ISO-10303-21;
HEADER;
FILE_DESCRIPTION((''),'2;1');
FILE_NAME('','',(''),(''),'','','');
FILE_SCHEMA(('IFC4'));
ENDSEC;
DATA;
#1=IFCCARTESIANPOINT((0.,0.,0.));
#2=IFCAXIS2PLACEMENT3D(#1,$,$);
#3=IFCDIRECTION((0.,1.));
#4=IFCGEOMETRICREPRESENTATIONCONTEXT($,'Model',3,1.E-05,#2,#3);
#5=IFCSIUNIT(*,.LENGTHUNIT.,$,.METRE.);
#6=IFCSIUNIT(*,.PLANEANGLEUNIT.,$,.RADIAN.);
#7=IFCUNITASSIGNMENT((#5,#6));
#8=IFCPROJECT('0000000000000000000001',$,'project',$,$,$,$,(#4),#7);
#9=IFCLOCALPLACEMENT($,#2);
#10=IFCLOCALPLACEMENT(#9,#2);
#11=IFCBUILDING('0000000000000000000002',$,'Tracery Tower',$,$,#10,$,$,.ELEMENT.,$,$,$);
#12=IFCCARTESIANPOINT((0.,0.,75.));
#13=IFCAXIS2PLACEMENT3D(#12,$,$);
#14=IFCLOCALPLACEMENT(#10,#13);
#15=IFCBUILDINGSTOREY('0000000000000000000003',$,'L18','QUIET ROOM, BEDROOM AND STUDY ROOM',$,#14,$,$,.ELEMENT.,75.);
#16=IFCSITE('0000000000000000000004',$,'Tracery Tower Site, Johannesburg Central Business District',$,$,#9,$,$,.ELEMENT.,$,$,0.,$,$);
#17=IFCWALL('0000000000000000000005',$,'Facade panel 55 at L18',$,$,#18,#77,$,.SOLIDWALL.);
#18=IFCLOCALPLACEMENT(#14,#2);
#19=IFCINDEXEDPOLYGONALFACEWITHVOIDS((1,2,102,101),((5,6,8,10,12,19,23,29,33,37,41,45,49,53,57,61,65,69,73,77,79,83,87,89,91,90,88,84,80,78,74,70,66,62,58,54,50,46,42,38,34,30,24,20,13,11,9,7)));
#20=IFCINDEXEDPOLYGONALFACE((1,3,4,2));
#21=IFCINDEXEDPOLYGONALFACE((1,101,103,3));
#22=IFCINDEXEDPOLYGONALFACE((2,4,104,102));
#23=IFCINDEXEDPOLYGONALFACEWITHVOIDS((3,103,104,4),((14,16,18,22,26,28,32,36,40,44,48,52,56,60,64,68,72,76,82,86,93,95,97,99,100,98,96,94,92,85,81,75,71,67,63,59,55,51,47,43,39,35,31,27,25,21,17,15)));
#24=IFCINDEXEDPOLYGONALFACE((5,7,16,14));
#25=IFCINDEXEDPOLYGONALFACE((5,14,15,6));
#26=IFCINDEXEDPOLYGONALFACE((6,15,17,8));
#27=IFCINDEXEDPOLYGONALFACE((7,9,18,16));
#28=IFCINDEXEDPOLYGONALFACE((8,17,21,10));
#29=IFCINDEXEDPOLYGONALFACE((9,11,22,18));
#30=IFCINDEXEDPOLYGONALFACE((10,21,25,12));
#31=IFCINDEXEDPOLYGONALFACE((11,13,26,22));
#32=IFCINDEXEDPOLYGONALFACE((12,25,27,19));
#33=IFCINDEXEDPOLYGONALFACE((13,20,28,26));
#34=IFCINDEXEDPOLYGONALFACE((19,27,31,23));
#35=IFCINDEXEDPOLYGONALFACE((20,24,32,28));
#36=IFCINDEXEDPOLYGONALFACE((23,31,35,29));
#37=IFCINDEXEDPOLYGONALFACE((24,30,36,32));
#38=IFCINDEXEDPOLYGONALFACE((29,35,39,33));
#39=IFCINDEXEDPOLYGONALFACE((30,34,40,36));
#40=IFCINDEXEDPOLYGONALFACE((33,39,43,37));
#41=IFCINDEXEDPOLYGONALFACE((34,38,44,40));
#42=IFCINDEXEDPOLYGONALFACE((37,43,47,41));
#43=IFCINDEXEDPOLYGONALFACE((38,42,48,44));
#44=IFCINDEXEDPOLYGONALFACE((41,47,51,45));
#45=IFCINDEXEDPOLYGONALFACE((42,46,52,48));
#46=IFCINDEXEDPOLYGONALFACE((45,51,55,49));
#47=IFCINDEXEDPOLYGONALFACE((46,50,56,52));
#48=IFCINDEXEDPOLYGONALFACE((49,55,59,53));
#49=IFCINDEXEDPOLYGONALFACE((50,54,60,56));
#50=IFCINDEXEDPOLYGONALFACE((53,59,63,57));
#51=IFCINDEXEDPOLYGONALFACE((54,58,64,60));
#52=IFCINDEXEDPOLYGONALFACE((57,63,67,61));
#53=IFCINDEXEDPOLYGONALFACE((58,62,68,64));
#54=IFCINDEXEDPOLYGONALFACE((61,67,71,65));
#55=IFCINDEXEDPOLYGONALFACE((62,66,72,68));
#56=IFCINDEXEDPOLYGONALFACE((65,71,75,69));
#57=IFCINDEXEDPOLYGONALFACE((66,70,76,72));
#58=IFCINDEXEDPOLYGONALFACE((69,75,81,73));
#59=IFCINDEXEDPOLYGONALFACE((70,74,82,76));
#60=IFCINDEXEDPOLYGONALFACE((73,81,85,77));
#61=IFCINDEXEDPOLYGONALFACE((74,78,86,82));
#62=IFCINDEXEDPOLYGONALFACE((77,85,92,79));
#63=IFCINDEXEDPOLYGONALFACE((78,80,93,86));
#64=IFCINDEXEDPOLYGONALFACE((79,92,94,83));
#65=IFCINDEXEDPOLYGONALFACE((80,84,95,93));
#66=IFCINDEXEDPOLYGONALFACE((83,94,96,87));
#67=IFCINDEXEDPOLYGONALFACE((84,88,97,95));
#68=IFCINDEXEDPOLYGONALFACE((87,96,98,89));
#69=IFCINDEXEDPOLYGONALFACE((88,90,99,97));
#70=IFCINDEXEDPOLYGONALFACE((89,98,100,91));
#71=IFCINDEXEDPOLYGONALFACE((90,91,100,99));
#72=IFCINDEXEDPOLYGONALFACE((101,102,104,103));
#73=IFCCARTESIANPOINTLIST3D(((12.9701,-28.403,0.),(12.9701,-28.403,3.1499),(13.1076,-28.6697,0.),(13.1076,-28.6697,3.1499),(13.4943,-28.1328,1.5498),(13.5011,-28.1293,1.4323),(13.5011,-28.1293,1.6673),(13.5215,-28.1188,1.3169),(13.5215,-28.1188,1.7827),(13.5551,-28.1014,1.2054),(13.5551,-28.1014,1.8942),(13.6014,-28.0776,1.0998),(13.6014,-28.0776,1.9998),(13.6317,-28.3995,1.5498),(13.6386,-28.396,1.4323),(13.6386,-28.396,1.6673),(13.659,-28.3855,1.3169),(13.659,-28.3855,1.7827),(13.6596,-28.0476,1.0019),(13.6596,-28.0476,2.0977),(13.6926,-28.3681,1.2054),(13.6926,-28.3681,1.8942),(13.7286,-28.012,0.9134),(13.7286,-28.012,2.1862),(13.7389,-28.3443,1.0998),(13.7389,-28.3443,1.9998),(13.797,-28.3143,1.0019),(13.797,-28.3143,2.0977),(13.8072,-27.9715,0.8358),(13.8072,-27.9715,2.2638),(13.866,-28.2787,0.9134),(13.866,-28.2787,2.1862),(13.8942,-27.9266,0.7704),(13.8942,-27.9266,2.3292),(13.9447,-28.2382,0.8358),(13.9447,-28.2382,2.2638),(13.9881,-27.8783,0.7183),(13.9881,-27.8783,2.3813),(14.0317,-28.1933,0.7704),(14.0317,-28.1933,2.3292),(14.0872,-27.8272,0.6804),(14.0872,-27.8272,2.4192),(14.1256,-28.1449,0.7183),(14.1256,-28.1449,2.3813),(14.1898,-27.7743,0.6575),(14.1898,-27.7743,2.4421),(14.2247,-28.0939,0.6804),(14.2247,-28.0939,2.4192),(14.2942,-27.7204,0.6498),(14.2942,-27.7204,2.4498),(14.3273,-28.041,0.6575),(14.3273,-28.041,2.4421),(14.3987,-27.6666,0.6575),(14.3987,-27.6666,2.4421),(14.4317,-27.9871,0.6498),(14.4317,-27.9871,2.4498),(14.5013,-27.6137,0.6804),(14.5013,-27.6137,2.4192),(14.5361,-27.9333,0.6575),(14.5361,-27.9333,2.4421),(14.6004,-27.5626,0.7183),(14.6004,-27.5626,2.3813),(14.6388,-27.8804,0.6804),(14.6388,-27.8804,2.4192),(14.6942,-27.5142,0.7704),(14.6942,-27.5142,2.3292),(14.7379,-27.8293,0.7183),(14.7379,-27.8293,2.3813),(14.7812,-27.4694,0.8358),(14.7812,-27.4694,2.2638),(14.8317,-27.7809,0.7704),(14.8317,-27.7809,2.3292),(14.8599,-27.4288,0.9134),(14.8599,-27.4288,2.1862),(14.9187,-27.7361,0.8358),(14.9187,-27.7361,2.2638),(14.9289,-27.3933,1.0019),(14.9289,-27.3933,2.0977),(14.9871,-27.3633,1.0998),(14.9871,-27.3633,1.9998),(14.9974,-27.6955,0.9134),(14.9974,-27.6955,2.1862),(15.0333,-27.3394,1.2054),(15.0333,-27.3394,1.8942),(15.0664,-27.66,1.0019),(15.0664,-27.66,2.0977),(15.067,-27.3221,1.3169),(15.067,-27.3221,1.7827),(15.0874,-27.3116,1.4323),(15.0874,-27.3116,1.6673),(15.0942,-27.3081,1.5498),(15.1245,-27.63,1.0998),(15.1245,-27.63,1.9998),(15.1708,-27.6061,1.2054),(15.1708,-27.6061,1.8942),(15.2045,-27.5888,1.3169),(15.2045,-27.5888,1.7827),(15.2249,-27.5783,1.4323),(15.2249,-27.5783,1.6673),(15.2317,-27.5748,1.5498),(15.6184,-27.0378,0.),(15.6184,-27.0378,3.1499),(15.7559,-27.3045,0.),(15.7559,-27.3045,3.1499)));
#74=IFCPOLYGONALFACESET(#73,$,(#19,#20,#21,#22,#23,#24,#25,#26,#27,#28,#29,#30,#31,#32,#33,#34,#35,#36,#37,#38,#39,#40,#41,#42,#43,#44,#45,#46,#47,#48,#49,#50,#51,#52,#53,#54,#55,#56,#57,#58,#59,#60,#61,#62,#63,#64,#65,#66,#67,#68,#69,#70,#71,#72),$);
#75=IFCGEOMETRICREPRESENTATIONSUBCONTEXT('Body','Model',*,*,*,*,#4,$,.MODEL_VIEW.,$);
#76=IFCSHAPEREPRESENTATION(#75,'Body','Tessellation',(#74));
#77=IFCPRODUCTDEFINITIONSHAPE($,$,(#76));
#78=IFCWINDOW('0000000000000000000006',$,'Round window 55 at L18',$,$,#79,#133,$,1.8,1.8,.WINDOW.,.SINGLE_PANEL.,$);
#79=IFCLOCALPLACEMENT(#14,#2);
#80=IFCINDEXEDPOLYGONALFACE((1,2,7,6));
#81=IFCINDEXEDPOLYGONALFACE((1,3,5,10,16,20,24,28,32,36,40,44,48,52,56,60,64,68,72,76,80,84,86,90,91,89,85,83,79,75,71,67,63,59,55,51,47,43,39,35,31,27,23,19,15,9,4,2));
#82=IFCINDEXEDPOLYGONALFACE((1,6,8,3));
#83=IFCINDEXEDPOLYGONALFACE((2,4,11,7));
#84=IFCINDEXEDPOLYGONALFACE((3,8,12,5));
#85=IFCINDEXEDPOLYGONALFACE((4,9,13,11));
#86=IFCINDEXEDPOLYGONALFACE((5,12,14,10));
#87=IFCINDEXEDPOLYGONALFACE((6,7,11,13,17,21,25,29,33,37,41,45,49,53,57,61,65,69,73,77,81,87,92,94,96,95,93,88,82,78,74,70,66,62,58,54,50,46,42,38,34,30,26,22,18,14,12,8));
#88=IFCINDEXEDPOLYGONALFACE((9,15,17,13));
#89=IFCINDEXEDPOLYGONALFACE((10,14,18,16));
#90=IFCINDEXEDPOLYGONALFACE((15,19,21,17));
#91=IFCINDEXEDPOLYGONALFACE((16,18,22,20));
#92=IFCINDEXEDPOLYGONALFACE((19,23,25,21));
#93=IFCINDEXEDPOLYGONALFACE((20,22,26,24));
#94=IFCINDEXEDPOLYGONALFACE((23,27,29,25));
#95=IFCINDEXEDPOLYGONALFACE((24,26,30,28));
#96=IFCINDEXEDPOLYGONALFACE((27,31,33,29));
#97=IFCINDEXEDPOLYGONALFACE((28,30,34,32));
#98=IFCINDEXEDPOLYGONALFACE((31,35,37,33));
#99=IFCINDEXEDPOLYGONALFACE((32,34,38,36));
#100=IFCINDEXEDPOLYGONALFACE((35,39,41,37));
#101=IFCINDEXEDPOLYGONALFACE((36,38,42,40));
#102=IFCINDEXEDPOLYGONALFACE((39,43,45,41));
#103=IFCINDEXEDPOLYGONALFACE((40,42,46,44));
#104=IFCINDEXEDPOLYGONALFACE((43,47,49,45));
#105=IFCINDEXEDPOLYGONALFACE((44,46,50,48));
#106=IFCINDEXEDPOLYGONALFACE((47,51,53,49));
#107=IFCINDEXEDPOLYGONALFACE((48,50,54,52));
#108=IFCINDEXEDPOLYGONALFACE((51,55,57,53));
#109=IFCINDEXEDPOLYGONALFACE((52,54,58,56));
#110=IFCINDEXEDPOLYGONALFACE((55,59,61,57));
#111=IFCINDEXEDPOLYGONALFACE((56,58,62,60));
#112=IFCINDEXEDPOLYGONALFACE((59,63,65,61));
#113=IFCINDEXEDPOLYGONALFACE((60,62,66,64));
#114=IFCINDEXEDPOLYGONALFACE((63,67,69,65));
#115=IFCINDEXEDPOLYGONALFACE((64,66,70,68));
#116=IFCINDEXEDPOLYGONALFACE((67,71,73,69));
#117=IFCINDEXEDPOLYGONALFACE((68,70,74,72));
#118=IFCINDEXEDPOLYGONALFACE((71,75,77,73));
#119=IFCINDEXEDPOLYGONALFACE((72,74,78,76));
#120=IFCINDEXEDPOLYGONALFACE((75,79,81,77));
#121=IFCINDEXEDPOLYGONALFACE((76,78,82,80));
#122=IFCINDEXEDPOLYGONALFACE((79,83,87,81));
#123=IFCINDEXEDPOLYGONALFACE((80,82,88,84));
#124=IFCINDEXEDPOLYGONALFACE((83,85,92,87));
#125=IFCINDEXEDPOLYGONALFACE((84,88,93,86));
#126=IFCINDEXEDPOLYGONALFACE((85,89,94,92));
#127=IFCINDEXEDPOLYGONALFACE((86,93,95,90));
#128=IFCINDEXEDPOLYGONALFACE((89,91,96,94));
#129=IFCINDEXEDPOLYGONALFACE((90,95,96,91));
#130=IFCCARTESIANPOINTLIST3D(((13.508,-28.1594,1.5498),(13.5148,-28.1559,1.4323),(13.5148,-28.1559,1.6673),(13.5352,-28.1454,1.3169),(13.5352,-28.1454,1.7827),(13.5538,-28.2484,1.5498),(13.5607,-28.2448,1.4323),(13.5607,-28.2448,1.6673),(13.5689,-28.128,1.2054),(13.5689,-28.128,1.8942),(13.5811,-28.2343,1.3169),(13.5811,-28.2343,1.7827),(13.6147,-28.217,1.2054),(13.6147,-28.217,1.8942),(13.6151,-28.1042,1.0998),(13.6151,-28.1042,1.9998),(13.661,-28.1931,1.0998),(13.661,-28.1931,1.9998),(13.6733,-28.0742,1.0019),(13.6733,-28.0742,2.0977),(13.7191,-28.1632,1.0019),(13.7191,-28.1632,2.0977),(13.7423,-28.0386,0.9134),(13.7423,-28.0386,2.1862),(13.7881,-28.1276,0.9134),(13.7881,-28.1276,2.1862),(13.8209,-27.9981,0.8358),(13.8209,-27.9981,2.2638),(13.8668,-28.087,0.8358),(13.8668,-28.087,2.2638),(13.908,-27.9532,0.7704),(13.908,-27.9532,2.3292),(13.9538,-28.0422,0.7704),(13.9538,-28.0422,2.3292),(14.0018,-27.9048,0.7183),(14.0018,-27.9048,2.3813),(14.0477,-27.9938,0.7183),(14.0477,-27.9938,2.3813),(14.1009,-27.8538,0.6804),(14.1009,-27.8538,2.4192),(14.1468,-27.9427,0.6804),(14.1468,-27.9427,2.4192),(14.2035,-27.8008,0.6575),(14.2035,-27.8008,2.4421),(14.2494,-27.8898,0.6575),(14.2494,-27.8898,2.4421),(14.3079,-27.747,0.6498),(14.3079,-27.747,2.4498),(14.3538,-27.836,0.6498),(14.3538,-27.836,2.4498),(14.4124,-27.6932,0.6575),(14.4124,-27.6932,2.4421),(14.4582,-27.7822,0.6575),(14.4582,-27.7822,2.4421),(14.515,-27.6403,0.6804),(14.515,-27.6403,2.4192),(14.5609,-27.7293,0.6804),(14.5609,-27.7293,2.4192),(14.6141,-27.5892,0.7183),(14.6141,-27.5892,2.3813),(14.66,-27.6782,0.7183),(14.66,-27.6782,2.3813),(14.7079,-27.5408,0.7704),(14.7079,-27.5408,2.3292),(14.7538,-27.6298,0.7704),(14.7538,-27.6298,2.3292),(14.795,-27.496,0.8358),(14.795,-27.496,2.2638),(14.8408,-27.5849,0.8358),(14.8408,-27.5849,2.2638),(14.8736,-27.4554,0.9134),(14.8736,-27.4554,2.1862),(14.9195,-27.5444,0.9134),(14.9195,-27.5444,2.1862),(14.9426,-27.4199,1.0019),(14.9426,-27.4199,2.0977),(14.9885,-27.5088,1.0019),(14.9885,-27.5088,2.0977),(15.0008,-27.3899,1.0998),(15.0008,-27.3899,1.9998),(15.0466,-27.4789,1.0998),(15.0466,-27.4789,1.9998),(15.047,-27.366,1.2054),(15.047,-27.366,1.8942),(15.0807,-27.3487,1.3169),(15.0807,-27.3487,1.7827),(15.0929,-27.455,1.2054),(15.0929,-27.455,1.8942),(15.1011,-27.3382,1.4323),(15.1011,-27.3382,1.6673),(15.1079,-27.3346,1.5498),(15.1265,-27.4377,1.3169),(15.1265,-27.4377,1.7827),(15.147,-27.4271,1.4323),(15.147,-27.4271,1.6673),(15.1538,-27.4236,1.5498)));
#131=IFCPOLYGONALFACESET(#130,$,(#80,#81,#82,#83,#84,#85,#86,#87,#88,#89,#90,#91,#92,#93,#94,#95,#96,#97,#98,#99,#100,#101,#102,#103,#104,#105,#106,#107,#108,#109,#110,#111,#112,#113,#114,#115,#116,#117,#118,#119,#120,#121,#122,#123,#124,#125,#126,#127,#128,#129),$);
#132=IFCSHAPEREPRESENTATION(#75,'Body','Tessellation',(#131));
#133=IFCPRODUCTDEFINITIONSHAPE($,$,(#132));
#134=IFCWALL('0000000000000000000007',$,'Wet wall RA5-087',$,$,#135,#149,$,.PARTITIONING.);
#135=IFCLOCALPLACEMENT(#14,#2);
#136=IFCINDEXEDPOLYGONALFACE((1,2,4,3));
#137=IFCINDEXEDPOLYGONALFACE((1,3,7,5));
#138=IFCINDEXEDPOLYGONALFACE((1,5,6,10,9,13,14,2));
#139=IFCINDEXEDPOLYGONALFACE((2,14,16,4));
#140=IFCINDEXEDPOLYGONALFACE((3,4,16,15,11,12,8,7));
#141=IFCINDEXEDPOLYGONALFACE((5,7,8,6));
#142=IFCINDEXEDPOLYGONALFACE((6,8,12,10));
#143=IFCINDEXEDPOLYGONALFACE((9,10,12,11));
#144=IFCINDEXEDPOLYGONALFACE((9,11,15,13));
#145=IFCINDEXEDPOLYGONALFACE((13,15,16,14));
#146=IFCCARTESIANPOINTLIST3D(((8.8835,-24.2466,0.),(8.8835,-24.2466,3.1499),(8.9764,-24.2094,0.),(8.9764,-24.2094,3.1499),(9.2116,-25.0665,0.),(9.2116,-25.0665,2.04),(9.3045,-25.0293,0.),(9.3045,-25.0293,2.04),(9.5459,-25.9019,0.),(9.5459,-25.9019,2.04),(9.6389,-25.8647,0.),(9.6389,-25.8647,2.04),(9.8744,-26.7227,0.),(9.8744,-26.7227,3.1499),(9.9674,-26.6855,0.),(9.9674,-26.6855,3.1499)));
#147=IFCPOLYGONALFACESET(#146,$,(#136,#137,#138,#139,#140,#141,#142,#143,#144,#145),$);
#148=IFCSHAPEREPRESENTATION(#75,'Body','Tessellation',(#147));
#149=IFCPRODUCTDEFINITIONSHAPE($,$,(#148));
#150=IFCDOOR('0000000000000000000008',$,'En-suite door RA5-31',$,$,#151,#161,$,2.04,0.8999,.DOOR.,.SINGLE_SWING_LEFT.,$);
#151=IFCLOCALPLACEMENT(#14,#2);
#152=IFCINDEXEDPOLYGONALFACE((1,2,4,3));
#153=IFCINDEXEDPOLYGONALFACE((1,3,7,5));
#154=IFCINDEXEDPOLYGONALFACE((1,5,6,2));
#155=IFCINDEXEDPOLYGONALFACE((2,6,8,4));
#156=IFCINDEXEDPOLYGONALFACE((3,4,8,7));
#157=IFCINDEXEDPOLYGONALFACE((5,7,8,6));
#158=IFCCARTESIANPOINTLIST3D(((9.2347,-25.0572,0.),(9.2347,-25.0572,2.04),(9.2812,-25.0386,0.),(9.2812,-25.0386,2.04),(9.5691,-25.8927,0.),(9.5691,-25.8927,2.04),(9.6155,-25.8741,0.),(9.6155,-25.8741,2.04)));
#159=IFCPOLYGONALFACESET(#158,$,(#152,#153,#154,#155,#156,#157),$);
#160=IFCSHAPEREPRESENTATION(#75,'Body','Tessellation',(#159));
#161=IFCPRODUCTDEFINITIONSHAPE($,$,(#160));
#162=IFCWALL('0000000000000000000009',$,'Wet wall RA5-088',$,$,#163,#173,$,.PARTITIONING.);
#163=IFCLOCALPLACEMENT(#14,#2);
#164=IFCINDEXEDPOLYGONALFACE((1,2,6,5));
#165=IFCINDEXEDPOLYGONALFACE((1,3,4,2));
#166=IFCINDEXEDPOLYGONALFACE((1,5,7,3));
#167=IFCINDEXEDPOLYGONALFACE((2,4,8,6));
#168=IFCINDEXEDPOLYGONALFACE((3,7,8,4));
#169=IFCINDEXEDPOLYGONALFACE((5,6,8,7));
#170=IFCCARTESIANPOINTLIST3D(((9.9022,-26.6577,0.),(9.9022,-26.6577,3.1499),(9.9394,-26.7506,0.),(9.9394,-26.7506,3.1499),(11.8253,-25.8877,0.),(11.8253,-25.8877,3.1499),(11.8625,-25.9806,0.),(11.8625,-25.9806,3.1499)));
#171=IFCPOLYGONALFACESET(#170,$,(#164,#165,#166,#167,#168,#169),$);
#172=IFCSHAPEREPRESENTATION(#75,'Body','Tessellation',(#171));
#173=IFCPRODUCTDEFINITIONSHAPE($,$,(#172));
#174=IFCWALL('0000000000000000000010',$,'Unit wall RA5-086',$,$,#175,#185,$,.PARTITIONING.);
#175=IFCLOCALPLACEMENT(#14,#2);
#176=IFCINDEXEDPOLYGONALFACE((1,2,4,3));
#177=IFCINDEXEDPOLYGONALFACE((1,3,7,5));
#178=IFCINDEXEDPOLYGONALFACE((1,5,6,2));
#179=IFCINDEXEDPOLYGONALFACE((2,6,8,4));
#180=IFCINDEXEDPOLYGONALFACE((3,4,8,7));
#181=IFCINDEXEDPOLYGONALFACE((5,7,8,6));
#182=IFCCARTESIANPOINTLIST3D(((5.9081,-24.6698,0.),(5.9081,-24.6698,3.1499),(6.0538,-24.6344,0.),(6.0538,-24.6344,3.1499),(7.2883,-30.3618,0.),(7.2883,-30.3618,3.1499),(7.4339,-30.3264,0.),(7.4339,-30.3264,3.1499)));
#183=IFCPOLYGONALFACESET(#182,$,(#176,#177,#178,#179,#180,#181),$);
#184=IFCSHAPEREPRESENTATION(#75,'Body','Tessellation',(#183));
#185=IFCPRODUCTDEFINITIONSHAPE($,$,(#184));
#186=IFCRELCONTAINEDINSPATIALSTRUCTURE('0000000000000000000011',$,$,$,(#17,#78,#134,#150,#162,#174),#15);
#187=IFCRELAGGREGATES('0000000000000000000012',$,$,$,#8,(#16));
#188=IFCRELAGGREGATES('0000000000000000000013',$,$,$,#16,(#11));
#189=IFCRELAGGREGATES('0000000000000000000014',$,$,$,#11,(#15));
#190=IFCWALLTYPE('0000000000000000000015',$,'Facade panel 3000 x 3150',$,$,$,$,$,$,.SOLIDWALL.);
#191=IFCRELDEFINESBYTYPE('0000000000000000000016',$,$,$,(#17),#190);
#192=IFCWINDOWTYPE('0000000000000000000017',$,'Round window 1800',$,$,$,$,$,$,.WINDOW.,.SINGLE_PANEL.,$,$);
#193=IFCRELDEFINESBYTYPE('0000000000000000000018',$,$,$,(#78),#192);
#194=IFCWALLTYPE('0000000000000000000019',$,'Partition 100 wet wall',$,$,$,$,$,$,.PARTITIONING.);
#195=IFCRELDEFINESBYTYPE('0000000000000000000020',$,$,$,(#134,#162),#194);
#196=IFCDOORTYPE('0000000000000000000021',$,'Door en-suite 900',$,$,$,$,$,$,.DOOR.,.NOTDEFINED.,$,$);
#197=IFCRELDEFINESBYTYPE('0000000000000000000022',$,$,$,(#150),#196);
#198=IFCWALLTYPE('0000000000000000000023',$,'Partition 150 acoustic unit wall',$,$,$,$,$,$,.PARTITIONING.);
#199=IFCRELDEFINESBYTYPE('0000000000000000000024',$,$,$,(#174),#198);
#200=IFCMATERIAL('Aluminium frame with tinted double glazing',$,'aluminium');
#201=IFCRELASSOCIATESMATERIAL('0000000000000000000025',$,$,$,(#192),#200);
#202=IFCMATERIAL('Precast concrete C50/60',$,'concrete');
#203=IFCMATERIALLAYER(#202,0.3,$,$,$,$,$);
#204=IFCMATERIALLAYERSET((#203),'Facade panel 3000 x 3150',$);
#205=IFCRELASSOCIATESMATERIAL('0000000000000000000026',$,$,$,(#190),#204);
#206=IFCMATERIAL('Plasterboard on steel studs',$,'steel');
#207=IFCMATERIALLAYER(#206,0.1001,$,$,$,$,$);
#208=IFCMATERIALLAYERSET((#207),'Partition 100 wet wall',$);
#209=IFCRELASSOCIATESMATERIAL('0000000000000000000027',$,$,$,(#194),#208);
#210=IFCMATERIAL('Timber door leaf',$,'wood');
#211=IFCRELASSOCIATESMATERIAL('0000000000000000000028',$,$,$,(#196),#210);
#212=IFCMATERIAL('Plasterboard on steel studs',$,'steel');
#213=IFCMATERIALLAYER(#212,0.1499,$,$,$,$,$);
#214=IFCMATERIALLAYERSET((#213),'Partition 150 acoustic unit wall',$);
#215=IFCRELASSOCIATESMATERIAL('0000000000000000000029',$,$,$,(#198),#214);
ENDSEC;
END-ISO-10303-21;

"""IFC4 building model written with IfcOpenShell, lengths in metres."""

from ifc_helpers import new_model, si_unit, direction, frame, frame_2d, origin, origin_2d, place, context, subcontext, project, spatial, rectangle, circle, extrude, material, layer, layer_set, type_object, element, fill, save


model = new_model("IFC4")

# Units and contexts
model_context = context("Model", 3, precision=1e-05, world=origin(), true_north=direction((0.0, 1.0)))
body_context = subcontext(model_context, "Body", "Model", "MODEL_VIEW")
ifc_project = project(units=[si_unit("LENGTHUNIT", "METRE"), si_unit("PLANEANGLEUNIT", "RADIAN")], contexts=[model_context])

# Site, building, storey
site_placement = place(None, origin())
site = spatial("IfcSite", under=ifc_project, at=site_placement, Name="Tracery Tower Site, Johannesburg Central Business District", CompositionType="ELEMENT", RefElevation=0.0)
building_placement = place(site_placement, origin())
building = spatial("IfcBuilding", under=site, at=building_placement, Name="Tracery Tower", CompositionType="ELEMENT")
storey_placement = place(building_placement, frame((0.0, 0.0, 75.0)))
storey = spatial("IfcBuildingStorey", under=building, at=storey_placement, Name="L18", Description="QUIET ROOM, BEDROOM AND STUDY ROOM", CompositionType="ELEMENT", Elevation=75.0)

# Wall, opening, window
ifc_material_1 = material(Name="Aluminium frame with tinted double glazing", Category="aluminium")
window_type = type_object("IfcWindowType", Name="Round window 1800", PartitioningType="SINGLE_PANEL", PredefinedType="WINDOW", material=ifc_material_1)
ifc_material_2 = material(Name="Precast concrete C50/60", Category="concrete")
ifc_layer_1 = layer(ifc_material_2, 0.3)
ifc_layer_set_1 = layer_set([ifc_layer_1], Name="Facade panel 3000 x 3150")
wall_type_1 = type_object("IfcWallType", Name="Facade panel 3000 x 3150", PredefinedType="SOLIDWALL", material=ifc_layer_set_1)
wall_1_placement = place(storey_placement, frame((13.0388, -28.5364, 0.0), z_axis=(0.0, 0.0, 1.0), x_axis=(0.888853, 0.458192, 0.0)))
wall_1 = element("IfcWall", 1, at=wall_1_placement, inside=storey, type_object=wall_type_1, Name="Facade panel 55 at L18", PredefinedType="SOLIDWALL", context=body_context, shape_type="SweptSolid", body=[
    extrude(rectangle(XDim=2.9795, YDim=0.3, at=frame_2d((1.4897, 0.0))), origin(), (0.0, 0.0, 1.0), 3.1499),
])
opening_1_placement = place(wall_1_placement, frame((1.4897, 0.0, 1.5498)))
opening_1 = element("IfcOpeningElement", 2, at=opening_1_placement, cuts=wall_1, PredefinedType="OPENING", context=body_context, shape_type="SweptSolid", body=[
    extrude(circle(Radius=0.9, at=origin_2d()), frame((0.0, 0.1599, 0.0), z_axis=(0.0, -1.0, 0.0), x_axis=(1.0, 0.0, 0.0)), (0.0, 0.0, 1.0), 0.3201),
])
window_1_placement = place(opening_1_placement, origin())
window_1 = element("IfcWindow", 3, at=window_1_placement, inside=storey, type_object=window_type, Name="Round window 55 at L18", OverallHeight=1.8, OverallWidth=1.8, PartitioningType="SINGLE_PANEL", PredefinedType="WINDOW", context=body_context, shape_type="SweptSolid", body=[
    extrude(circle(Radius=0.9, at=origin_2d()), frame((0.0, 0.1201, 0.0), z_axis=(0.0, -1.0, 0.0), x_axis=(1.0, 0.0, 0.0)), (0.0, 0.0, 1.0), 0.1001),
])
fill(opening_1, window_1)

# Wall, opening, door
ifc_material_3 = material(Name="Plasterboard on steel studs", Category="steel")
ifc_layer_2 = layer(ifc_material_3, 0.1001)
ifc_layer_set_2 = layer_set([ifc_layer_2], Name="Partition 100 wet wall")
wall_type_2 = type_object("IfcWallType", Name="Partition 100 wet wall", PredefinedType="PARTITIONING", material=ifc_layer_set_2)
wall_2_placement = place(storey_placement, frame((8.9299, -24.228, 0.0), z_axis=(0.0, 0.0, 1.0), x_axis=(0.371564, -0.928407, 0.0)))
wall_2 = element("IfcWall", 4, at=wall_2_placement, inside=storey, type_object=wall_type_2, Name="Wet wall RA5-087", PredefinedType="PARTITIONING", context=body_context, shape_type="SweptSolid", body=[
    extrude(rectangle(XDim=2.667, YDim=0.1001, at=frame_2d((1.3335, 0.0))), origin(), (0.0, 0.0, 1.0), 3.1499),
])
opening_2_placement = place(wall_2_placement, frame((0.8831, 0.0, 0.0)))
opening_2 = element("IfcOpeningElement", 5, at=opening_2_placement, cuts=wall_2, PredefinedType="OPENING", context=body_context, shape_type="SweptSolid", body=[
    extrude(rectangle(XDim=0.8999, YDim=2.04, at=frame_2d((0.45, 1.02))), frame((0.0, 0.05, 0.0), z_axis=(0.0, -1.0, 0.0), x_axis=(1.0, 0.0, 0.0)), (0.0, 0.0, 1.0), 0.1001),
])
ifc_material_4 = material(Name="Timber door leaf", Category="wood")
door_type = type_object("IfcDoorType", Name="Door en-suite 900", OperationType="NOTDEFINED", PredefinedType="DOOR", material=ifc_material_4)
door_placement = place(opening_2_placement, origin())
door = element("IfcDoor", 6, at=door_placement, inside=storey, type_object=door_type, Name="En-suite door RA5-31", OperationType="SINGLE_SWING_LEFT", OverallHeight=2.04, OverallWidth=0.8999, PredefinedType="DOOR", context=body_context, shape_type="SweptSolid", body=[
    extrude(rectangle(XDim=0.8999, YDim=2.04, at=frame_2d((0.45, 1.02))), frame((0.0, 0.0249, 0.0), z_axis=(0.0, -1.0, 0.0), x_axis=(1.0, 0.0, 0.0)), (0.0, 0.0, 1.0), 0.05),
])
fill(opening_2, door)

# Walls
wall_3_placement = place(storey_placement, frame((9.9209, -26.7041, 0.0), z_axis=(0.0, 0.0, 1.0), x_axis=(0.928347, 0.371716, 0.0)))
element("IfcWall", 7, at=wall_3_placement, inside=storey, type_object=wall_type_2, Name="Wet wall RA5-088", PredefinedType="PARTITIONING", context=body_context, shape_type="SweptSolid", body=[
    extrude(rectangle(XDim=2.0715, YDim=0.1001, at=frame_2d((1.0356, 0.0))), origin(), (0.0, 0.0, 1.0), 3.1499),
])
ifc_material_5 = material(Name="Plasterboard on steel studs", Category="steel")
ifc_layer_3 = layer(ifc_material_5, 0.1499)
ifc_layer_set_3 = layer_set([ifc_layer_3], Name="Partition 150 acoustic unit wall")
wall_type_3 = type_object("IfcWallType", Name="Partition 150 acoustic unit wall", PredefinedType="PARTITIONING", material=ifc_layer_set_3)
wall_4_placement = place(storey_placement, frame((5.981, -24.6521, 0.0), z_axis=(0.0, 0.0, 1.0), x_axis=(0.235644, -0.971839, 0.0)))
element("IfcWall", 8, at=wall_4_placement, inside=storey, type_object=wall_type_3, Name="Unit wall RA5-086", PredefinedType="PARTITIONING", context=body_context, shape_type="SweptSolid", body=[
    extrude(rectangle(XDim=5.8569, YDim=0.1499, at=frame_2d((2.9285, 0.0))), origin(), (0.0, 0.0, 1.0), 3.1499),
])

save(model, "model.ifc")
